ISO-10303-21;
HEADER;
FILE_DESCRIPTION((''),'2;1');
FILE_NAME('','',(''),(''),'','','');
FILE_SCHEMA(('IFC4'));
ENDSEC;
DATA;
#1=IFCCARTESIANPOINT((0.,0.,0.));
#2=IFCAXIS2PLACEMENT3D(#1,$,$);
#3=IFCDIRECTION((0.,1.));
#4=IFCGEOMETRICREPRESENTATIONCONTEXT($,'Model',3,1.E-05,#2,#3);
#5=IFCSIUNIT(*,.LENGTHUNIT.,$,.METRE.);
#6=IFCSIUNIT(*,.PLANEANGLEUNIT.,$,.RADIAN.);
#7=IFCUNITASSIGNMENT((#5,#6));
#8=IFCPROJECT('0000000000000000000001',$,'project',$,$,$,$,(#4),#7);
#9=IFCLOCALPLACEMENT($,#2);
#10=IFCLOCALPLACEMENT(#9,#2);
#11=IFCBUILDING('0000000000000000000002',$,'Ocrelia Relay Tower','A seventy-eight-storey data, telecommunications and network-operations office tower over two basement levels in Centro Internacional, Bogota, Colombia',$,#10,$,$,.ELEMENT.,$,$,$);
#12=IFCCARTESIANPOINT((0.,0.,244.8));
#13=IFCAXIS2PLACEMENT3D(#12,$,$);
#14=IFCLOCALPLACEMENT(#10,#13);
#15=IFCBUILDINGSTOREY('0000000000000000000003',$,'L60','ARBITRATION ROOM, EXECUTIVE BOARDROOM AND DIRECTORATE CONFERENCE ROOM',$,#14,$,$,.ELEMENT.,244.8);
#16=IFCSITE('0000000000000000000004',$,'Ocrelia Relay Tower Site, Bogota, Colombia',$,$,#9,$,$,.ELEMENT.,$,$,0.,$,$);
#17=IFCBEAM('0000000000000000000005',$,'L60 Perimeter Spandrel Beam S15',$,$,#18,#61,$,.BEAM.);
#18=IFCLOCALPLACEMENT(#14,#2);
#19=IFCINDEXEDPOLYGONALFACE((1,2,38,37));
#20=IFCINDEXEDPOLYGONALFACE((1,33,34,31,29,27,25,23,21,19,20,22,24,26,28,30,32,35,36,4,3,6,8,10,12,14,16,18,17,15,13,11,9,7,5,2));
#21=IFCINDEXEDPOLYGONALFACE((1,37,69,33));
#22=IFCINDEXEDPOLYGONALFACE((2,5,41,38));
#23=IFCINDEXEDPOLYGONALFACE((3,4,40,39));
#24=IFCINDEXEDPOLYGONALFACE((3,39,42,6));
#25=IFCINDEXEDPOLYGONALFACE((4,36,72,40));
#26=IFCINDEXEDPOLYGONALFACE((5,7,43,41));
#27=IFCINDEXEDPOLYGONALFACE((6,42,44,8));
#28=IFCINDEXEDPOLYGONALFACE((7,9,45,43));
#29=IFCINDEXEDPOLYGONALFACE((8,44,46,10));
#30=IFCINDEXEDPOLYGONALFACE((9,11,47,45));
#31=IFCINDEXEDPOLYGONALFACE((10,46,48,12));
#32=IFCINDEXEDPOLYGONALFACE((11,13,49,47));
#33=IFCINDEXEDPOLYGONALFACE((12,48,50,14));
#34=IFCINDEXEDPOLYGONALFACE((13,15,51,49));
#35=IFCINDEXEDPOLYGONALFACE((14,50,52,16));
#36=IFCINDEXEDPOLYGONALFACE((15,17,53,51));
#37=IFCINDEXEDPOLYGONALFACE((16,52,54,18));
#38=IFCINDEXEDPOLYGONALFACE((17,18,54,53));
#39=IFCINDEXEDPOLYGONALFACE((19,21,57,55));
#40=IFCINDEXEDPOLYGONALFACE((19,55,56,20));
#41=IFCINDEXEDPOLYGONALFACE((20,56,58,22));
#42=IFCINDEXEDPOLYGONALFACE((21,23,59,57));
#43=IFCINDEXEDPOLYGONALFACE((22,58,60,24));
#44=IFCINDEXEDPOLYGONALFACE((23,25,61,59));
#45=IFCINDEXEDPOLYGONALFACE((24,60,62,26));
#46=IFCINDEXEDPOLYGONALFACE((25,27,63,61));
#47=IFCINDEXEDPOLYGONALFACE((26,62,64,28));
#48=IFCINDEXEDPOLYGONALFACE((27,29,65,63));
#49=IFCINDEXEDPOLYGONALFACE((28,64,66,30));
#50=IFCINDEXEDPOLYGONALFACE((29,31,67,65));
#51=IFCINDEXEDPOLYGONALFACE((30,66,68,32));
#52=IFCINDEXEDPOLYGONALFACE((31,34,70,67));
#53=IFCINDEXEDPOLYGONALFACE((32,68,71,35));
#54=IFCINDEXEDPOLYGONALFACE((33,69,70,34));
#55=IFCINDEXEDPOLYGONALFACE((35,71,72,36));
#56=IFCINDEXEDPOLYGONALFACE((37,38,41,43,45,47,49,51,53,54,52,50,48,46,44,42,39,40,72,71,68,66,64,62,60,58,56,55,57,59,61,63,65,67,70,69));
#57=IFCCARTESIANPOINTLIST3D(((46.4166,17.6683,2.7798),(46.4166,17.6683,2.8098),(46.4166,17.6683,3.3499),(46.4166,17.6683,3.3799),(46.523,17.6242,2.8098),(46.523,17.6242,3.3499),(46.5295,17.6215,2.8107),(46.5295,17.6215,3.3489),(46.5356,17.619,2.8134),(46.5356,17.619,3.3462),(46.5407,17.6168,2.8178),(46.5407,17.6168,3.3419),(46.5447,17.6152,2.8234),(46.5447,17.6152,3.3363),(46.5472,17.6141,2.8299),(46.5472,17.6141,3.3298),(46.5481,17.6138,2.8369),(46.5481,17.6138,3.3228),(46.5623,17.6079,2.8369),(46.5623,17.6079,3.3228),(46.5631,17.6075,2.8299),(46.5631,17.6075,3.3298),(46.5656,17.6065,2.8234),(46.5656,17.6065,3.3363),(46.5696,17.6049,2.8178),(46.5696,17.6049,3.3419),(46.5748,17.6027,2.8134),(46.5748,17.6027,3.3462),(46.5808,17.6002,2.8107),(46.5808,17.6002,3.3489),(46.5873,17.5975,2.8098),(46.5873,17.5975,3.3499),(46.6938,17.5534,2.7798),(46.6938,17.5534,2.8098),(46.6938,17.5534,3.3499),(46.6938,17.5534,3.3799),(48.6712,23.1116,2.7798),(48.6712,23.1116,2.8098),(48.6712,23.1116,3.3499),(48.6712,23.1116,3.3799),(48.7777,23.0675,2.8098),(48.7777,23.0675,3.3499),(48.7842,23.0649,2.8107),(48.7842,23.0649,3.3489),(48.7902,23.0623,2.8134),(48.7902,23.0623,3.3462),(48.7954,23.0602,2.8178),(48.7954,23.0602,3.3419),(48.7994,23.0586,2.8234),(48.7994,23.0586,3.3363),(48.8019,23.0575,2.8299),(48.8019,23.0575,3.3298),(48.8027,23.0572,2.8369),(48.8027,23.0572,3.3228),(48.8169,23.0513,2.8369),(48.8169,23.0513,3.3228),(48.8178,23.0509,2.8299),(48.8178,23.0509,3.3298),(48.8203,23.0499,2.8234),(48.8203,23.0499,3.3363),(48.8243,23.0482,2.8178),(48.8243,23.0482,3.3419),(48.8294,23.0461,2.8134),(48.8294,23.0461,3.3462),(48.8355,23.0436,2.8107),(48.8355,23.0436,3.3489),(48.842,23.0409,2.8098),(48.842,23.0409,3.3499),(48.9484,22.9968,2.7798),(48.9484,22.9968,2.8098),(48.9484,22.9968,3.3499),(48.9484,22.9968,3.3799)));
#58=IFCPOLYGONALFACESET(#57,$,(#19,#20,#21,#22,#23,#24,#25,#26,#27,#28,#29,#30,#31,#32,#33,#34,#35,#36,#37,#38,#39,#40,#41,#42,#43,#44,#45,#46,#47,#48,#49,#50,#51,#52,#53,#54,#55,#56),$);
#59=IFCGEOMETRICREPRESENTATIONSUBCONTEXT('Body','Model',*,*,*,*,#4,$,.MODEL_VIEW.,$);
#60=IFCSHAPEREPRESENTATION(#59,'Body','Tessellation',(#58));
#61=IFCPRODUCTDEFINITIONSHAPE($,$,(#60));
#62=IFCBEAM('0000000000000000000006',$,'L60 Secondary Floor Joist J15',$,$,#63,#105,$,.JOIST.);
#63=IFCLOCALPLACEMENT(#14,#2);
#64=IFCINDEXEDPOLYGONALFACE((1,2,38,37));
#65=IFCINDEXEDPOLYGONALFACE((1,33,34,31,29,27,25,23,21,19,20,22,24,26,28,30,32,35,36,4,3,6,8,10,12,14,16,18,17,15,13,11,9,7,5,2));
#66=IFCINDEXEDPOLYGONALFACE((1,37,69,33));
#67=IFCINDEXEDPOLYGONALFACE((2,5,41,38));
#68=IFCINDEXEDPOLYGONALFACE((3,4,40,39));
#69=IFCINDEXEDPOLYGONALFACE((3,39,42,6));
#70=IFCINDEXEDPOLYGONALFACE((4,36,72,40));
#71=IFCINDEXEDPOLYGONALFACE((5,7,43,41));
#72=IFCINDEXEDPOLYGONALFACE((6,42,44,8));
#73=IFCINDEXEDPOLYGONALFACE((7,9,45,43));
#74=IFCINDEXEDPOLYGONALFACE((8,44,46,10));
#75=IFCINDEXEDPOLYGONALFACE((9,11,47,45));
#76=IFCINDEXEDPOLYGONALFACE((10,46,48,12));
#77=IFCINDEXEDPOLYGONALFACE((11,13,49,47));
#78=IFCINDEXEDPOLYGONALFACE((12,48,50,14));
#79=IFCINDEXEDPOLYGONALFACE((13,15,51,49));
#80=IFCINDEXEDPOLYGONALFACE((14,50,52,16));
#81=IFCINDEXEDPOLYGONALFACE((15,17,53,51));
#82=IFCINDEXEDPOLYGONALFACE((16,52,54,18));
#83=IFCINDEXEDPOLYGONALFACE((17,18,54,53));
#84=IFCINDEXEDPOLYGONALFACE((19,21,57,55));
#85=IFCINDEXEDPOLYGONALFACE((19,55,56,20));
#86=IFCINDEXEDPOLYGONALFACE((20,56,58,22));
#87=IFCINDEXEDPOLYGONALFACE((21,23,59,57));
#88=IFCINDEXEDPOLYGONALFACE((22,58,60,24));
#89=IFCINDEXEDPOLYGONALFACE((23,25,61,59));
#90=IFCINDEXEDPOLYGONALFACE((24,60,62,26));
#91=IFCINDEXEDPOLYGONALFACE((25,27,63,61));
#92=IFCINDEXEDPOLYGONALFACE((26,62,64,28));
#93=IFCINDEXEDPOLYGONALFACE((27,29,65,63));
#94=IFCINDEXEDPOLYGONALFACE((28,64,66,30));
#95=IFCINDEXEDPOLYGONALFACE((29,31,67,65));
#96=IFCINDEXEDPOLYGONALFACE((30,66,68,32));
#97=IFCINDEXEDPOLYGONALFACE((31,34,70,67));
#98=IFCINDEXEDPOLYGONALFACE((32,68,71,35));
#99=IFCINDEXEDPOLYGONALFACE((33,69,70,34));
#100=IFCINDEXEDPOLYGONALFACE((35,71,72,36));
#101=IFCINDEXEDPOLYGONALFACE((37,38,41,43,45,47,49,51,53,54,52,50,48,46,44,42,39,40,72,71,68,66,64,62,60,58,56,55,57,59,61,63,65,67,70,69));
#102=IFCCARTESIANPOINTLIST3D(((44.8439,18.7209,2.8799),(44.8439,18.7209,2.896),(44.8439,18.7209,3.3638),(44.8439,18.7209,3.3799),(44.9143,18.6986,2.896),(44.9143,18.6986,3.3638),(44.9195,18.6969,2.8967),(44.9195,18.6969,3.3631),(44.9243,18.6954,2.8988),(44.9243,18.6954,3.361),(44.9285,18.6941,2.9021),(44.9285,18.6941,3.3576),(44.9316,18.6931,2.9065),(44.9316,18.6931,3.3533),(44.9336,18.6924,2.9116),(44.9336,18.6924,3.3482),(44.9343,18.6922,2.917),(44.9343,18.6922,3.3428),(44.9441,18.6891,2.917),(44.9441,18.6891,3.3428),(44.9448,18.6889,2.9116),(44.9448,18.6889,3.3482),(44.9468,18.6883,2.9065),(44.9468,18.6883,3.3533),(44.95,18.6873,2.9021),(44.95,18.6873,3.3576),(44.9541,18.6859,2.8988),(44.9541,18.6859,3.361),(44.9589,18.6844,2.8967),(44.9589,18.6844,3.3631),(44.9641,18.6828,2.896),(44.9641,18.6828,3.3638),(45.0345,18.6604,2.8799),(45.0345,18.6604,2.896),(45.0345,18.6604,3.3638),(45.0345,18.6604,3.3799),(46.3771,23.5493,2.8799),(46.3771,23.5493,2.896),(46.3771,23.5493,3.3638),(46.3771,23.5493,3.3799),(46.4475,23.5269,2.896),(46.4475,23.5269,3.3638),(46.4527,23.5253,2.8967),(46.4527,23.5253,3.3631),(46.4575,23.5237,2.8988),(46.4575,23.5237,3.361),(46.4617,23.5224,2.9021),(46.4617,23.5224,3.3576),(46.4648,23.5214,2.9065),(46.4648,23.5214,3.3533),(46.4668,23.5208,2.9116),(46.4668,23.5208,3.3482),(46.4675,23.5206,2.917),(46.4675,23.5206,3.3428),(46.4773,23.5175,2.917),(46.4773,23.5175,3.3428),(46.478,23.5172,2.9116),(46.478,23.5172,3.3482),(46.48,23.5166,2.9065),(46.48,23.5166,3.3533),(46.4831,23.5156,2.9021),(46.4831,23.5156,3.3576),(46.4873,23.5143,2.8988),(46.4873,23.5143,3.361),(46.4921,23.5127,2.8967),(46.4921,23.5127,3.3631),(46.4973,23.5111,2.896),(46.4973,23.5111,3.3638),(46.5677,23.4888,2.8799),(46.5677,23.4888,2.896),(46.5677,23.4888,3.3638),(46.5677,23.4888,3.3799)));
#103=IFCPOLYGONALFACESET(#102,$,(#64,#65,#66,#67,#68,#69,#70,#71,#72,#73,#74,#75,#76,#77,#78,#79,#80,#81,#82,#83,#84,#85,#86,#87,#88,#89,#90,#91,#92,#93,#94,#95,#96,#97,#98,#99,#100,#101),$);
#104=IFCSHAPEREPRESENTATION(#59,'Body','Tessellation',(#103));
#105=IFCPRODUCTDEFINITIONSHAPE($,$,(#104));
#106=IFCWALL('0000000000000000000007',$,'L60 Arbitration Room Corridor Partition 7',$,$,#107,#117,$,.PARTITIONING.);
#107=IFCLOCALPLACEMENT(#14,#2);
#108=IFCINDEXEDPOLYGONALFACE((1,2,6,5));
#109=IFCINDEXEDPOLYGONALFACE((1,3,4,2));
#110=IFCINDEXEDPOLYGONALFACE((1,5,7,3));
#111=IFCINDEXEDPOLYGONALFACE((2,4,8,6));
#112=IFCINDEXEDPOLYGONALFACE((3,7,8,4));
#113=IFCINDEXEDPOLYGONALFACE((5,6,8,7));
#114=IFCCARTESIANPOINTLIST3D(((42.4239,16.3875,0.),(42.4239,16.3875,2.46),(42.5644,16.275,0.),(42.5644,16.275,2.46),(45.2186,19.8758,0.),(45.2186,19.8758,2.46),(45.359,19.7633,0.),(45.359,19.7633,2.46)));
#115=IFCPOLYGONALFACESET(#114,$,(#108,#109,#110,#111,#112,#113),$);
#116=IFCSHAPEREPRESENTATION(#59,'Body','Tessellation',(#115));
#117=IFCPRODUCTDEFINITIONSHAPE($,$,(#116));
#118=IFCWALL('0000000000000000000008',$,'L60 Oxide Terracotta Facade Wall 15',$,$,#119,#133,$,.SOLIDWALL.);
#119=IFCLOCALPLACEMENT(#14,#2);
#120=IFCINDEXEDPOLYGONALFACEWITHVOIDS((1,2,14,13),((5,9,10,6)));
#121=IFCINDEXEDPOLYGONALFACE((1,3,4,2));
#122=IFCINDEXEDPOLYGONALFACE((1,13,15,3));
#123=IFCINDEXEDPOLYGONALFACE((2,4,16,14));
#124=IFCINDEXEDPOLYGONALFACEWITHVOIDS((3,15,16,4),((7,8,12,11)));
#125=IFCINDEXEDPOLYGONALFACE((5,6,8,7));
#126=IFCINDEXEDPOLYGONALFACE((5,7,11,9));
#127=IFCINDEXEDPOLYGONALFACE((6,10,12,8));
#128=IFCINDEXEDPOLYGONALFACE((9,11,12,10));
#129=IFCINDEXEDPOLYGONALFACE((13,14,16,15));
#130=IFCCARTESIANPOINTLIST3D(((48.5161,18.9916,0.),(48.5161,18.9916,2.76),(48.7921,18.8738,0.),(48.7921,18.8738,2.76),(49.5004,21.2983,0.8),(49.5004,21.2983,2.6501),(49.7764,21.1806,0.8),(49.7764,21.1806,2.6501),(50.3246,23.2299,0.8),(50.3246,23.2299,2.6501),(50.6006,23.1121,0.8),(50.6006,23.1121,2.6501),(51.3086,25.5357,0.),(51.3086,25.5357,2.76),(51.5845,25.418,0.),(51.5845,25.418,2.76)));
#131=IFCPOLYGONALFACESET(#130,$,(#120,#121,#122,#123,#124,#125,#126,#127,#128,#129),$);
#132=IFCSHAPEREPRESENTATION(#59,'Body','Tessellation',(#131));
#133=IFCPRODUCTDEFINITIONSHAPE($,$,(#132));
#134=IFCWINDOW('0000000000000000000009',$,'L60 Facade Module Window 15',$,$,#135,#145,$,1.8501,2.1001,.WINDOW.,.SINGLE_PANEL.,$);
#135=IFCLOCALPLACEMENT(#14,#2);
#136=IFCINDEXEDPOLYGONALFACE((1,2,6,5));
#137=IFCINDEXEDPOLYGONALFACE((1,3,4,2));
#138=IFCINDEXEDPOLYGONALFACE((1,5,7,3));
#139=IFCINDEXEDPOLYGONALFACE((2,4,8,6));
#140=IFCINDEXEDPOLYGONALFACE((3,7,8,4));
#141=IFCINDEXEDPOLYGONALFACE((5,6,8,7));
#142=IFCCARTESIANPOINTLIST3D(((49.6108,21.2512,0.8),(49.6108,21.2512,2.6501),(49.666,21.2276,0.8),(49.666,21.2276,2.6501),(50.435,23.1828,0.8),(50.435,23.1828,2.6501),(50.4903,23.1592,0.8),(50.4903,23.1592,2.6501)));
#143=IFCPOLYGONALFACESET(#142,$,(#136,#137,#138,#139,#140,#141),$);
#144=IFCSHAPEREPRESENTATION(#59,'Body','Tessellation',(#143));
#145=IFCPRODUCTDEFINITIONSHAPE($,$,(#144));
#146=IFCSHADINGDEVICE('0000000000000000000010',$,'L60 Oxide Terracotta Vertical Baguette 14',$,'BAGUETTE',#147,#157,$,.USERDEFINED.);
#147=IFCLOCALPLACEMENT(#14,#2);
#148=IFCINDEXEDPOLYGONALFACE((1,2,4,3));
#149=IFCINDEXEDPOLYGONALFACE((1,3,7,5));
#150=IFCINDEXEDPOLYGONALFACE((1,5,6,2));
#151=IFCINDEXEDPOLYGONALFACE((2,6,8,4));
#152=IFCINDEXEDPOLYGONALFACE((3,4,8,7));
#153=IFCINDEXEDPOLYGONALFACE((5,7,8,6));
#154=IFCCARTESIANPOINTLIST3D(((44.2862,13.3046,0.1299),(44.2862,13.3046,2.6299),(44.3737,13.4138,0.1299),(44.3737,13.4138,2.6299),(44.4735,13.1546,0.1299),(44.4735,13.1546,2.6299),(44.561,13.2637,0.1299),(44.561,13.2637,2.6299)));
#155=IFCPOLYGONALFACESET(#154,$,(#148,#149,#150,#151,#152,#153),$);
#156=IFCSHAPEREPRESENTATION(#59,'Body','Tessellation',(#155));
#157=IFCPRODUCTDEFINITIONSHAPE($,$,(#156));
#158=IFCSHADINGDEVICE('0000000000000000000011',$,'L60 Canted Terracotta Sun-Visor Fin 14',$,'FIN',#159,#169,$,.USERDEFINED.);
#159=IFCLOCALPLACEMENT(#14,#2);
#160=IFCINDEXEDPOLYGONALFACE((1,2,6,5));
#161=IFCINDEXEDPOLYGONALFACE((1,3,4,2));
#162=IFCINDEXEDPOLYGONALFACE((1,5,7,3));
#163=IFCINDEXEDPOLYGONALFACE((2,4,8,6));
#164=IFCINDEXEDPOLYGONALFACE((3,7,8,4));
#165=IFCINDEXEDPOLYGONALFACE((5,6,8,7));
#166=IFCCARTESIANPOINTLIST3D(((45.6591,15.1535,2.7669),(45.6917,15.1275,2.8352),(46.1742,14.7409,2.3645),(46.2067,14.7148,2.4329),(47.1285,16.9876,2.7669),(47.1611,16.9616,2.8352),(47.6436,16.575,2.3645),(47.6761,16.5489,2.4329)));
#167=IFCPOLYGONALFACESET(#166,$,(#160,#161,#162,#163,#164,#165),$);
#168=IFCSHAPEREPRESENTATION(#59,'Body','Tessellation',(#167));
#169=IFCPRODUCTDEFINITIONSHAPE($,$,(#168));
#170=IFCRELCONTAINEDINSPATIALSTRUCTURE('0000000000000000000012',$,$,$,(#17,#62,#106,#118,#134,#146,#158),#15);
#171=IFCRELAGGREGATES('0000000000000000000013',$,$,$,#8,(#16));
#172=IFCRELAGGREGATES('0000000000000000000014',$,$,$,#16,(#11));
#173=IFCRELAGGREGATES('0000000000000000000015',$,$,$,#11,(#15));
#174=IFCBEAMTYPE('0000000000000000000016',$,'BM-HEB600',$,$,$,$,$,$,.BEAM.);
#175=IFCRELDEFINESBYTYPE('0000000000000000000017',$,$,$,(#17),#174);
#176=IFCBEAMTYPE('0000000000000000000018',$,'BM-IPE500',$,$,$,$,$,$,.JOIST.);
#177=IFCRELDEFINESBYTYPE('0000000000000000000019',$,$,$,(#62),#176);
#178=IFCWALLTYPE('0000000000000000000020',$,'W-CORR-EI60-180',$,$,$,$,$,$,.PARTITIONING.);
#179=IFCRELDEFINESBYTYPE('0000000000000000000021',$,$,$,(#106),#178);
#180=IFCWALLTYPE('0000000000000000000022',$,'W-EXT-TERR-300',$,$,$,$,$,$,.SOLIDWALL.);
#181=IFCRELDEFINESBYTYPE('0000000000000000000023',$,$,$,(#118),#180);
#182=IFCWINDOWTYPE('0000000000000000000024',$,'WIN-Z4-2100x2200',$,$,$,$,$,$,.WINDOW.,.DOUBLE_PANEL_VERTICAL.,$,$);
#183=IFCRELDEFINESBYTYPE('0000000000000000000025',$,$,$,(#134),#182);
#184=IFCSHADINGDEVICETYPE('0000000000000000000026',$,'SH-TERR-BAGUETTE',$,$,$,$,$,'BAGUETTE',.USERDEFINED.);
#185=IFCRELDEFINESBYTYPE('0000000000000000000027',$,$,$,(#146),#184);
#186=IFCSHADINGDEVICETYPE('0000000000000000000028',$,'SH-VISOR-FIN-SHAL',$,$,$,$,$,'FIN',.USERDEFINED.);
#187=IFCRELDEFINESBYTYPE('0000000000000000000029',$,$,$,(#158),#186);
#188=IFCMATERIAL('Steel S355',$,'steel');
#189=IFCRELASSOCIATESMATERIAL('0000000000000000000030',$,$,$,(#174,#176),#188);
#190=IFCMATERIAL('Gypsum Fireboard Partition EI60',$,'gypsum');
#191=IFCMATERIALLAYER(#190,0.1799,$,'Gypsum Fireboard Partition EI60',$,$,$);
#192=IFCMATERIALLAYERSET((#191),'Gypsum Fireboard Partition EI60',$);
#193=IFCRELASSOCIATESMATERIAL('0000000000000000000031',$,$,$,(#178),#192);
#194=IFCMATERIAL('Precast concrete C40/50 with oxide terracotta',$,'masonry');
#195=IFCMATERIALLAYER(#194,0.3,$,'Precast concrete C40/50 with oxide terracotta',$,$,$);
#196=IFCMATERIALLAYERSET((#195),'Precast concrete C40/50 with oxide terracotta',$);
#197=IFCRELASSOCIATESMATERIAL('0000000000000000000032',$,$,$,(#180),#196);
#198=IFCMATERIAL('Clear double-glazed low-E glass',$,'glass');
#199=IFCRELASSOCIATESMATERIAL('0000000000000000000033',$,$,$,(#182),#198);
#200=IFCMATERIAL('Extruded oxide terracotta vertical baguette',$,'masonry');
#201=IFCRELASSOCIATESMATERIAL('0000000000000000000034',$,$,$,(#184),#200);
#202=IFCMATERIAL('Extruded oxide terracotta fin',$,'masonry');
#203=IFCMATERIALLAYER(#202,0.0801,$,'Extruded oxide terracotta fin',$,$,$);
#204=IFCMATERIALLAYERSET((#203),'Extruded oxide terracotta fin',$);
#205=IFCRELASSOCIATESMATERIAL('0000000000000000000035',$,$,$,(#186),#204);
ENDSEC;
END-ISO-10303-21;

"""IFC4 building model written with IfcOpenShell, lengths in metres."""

from ifc_helpers import new_model, si_unit, direction, frame, frame_2d, origin, origin_2d, place, context, subcontext, project, spatial, rectangle, i_section, extrude, material, layer, layer_set, material_profile, profile_set, type_object, element, fill, save


model = new_model("IFC4")

# Units and contexts
model_context = context("Model", 3, precision=1e-05, world=origin(), true_north=direction((0.0, 1.0)))
body_context = subcontext(model_context, "Body", "Model", "MODEL_VIEW")
ifc_project = project(units=[si_unit("LENGTHUNIT", "METRE"), si_unit("PLANEANGLEUNIT", "RADIAN")], contexts=[model_context])

# Site, building, storey
site_placement = place(None, origin())
site = spatial("IfcSite", under=ifc_project, at=site_placement, Name="Ocrelia Relay Tower Site, Bogota, Colombia", CompositionType="ELEMENT", RefElevation=0.0)
building_placement = place(site_placement, origin())
building = spatial("IfcBuilding", under=site, at=building_placement, Name="Ocrelia Relay Tower", Description="A seventy-eight-storey data, telecommunications and network-operations office tower over two basement levels in Centro Internacional, Bogota, Colombia", CompositionType="ELEMENT")
storey_placement = place(building_placement, frame((0.0, 0.0, 244.8)))
storey = spatial("IfcBuildingStorey", under=building, at=storey_placement, Name="L60", Description="ARBITRATION ROOM, EXECUTIVE BOARDROOM AND DIRECTORATE CONFERENCE ROOM", CompositionType="ELEMENT", Elevation=244.8)

# Beams
ifc_material_1 = material(Name="Steel S355", Category="steel")
ifc_material_profile_1 = material_profile(ifc_material_1, i_section(OverallWidth=0.3, OverallDepth=0.6001, WebThickness=0.0154, FlangeThickness=0.03, FilletRadius=0.0271, at=origin_2d()), Name="HEB 600")
ifc_profile_set_1 = profile_set([ifc_material_profile_1], Name="Steel S355")
beam_type_1 = type_object("IfcBeamType", Name="BM-HEB600", PredefinedType="BEAM", material=ifc_profile_set_1)
beam_1_placement = place(storey_placement, frame((46.5552, 17.6108, 3.0798), z_axis=(0.382673, 0.923884, 0.0), x_axis=(-0.923884, 0.382673, 0.0)))
element("IfcBeam", 1, at=beam_1_placement, inside=storey, type_object=beam_type_1, Name="L60 Perimeter Spandrel Beam S15", PredefinedType="BEAM", context=body_context, shape_type="SweptSolid", body=[
    extrude(i_section(OverallWidth=0.3, OverallDepth=0.6001, WebThickness=0.0154, FlangeThickness=0.03, FilletRadius=0.0271, at=origin_2d()), origin(), (0.0, 0.0, 1.0), 5.8918),
])
ifc_material_profile_2 = material_profile(ifc_material_1, i_section(OverallWidth=0.2, OverallDepth=0.5, WebThickness=0.0103, FlangeThickness=0.0161, FilletRadius=0.021, at=origin_2d()), Name="IPE 500")
ifc_profile_set_2 = profile_set([ifc_material_profile_2], Name="Steel S355")
beam_type_2 = type_object("IfcBeamType", Name="BM-IPE500", PredefinedType="JOIST", material=ifc_profile_set_2)
beam_2_placement = place(storey_placement, frame((44.9392, 18.6907, 3.1299), z_axis=(0.302649, 0.953102, 0.0), x_axis=(-0.953102, 0.302649, 0.0)))
element("IfcBeam", 2, at=beam_2_placement, inside=storey, type_object=beam_type_2, Name="L60 Secondary Floor Joist J15", PredefinedType="JOIST", context=body_context, shape_type="SweptSolid", body=[
    extrude(i_section(OverallWidth=0.2, OverallDepth=0.5, WebThickness=0.0103, FlangeThickness=0.0161, FilletRadius=0.021, at=origin_2d()), origin(), (0.0, 0.0, 1.0), 5.0659),
])

# Wall
ifc_material_2 = material(Name="Gypsum Fireboard Partition EI60", Category="gypsum")
ifc_layer_1 = layer(ifc_material_2, 0.1799, Name="Gypsum Fireboard Partition EI60")
ifc_layer_set_1 = layer_set([ifc_layer_1], Name="Gypsum Fireboard Partition EI60")
wall_type_1 = type_object("IfcWallType", Name="W-CORR-EI60-180", PredefinedType="PARTITIONING", material=ifc_layer_set_1)
wall_1_placement = place(storey_placement, frame((42.4941, 16.3313, 0.0), z_axis=(0.0, 0.0, 1.0), x_axis=(0.625248, 0.780426, 0.0)))
element("IfcWall", 3, at=wall_1_placement, inside=storey, type_object=wall_type_1, Name="L60 Arbitration Room Corridor Partition 7", PredefinedType="PARTITIONING", context=body_context, shape_type="SweptSolid", body=[
    extrude(rectangle(XDim=4.4697, YDim=0.1799, at=frame_2d((2.2349, 0.0))), origin(), (0.0, 0.0, 1.0), 2.46),
])

# Shared definitions
ifc_material_3 = material(Name="Precast concrete C40/50 with oxide terracotta", Category="masonry")
ifc_layer_2 = layer(ifc_material_3, 0.3, Name="Precast concrete C40/50 with oxide terracotta")
ifc_layer_set_2 = layer_set([ifc_layer_2], Name="Precast concrete C40/50 with oxide terracotta")
wall_type_2 = type_object("IfcWallType", Name="W-EXT-TERR-300", PredefinedType="SOLIDWALL", material=ifc_layer_set_2)

# Wall, opening, window
wall_2_placement = place(storey_placement, frame((48.6541, 18.9326, 0.0), z_axis=(0.0, 0.0, 1.0), x_axis=(0.392474, 0.919763, 0.0)))
wall_2 = element("IfcWall", 4, at=wall_2_placement, inside=storey, type_object=wall_type_2, Name="L60 Oxide Terracotta Facade Wall 15", PredefinedType="SOLIDWALL", context=body_context, shape_type="SweptSolid", body=[
    extrude(rectangle(XDim=7.115, YDim=0.3, at=frame_2d((3.5576, 0.0))), origin(), (0.0, 0.0, 1.0), 2.76),
])
opening_1_placement = place(wall_2_placement, frame((2.5081, 0.0, 0.8)))
opening_1 = element("IfcOpeningElement", 5, at=opening_1_placement, cuts=wall_2, PredefinedType="OPENING", context=body_context, shape_type="SweptSolid", body=[
    extrude(rectangle(XDim=2.1001, YDim=1.8501, at=frame_2d((1.05, 0.925))), frame((0.0, 0.1602, 0.0), z_axis=(0.0, -1.0, 0.0), x_axis=(1.0, 0.0, 0.0)), (0.0, 0.0, 1.0), 0.3201),
])
ifc_material_4 = material(Name="Clear double-glazed low-E glass", Category="glass")
window_type = type_object("IfcWindowType", Name="WIN-Z4-2100x2200", PartitioningType="DOUBLE_PANEL_VERTICAL", PredefinedType="WINDOW", material=ifc_material_4)
window_placement = place(opening_1_placement, origin())
window = element("IfcWindow", 6, at=window_placement, inside=storey, type_object=window_type, Name="L60 Facade Module Window 15", OverallHeight=1.8501, OverallWidth=2.1001, PartitioningType="SINGLE_PANEL", PredefinedType="WINDOW", context=body_context, shape_type="SweptSolid", body=[
    extrude(rectangle(XDim=2.1001, YDim=1.8501, at=frame_2d((1.05, 0.925))), frame((0.0, 0.03, 0.0), z_axis=(0.0, -1.0, 0.0), x_axis=(1.0, 0.0, 0.0)), (0.0, 0.0, 1.0), 0.0601),
])
fill(opening_1, window)

# Shading devices
ifc_material_5 = material(Name="Extruded oxide terracotta vertical baguette", Category="masonry")
shading_device_type_1 = type_object("IfcShadingDeviceType", Name="SH-TERR-BAGUETTE", ElementType="BAGUETTE", PredefinedType="USERDEFINED", material=ifc_material_5)
shading_device_1_placement = place(storey_placement, frame((44.4236, 13.2842, 0.1299), z_axis=(0.0, 0.0, 1.0), x_axis=(0.625245, 0.780429, 0.0)))
element("IfcShadingDevice", 7, at=shading_device_1_placement, inside=storey, type_object=shading_device_type_1, Name="L60 Oxide Terracotta Vertical Baguette 14", ObjectType="BAGUETTE", PredefinedType="USERDEFINED", context=body_context, shape_type="SweptSolid", body=[
    extrude(rectangle(XDim=0.1399, YDim=0.24, at=origin_2d()), origin(), (0.0, 0.0, 1.0), 2.5),
])
ifc_material_6 = material(Name="Extruded oxide terracotta fin", Category="masonry")
ifc_layer_3 = layer(ifc_material_6, 0.0801, Name="Extruded oxide terracotta fin")
ifc_layer_set_3 = layer_set([ifc_layer_3], Name="Extruded oxide terracotta fin")
shading_device_type_2 = type_object("IfcShadingDeviceType", Name="SH-VISOR-FIN-SHAL", ElementType="FIN", PredefinedType="USERDEFINED", material=ifc_layer_set_3)
shading_device_2_placement = place(storey_placement, frame((46.6514, 15.8643, 2.5657), z_axis=(0.406262, -0.325479, 0.853823), x_axis=(0.625245, 0.780429, 0.0)))
element("IfcShadingDevice", 8, at=shading_device_2_placement, inside=storey, type_object=shading_device_type_2, Name="L60 Canted Terracotta Sun-Visor Fin 14", ObjectType="FIN", PredefinedType="USERDEFINED", context=body_context, shape_type="SweptSolid", body=[
    extrude(rectangle(XDim=2.3501, YDim=0.7729, at=origin_2d()), origin(), (0.0, 0.0, 1.0), 0.0801),
])

save(model, "model.ifc")
